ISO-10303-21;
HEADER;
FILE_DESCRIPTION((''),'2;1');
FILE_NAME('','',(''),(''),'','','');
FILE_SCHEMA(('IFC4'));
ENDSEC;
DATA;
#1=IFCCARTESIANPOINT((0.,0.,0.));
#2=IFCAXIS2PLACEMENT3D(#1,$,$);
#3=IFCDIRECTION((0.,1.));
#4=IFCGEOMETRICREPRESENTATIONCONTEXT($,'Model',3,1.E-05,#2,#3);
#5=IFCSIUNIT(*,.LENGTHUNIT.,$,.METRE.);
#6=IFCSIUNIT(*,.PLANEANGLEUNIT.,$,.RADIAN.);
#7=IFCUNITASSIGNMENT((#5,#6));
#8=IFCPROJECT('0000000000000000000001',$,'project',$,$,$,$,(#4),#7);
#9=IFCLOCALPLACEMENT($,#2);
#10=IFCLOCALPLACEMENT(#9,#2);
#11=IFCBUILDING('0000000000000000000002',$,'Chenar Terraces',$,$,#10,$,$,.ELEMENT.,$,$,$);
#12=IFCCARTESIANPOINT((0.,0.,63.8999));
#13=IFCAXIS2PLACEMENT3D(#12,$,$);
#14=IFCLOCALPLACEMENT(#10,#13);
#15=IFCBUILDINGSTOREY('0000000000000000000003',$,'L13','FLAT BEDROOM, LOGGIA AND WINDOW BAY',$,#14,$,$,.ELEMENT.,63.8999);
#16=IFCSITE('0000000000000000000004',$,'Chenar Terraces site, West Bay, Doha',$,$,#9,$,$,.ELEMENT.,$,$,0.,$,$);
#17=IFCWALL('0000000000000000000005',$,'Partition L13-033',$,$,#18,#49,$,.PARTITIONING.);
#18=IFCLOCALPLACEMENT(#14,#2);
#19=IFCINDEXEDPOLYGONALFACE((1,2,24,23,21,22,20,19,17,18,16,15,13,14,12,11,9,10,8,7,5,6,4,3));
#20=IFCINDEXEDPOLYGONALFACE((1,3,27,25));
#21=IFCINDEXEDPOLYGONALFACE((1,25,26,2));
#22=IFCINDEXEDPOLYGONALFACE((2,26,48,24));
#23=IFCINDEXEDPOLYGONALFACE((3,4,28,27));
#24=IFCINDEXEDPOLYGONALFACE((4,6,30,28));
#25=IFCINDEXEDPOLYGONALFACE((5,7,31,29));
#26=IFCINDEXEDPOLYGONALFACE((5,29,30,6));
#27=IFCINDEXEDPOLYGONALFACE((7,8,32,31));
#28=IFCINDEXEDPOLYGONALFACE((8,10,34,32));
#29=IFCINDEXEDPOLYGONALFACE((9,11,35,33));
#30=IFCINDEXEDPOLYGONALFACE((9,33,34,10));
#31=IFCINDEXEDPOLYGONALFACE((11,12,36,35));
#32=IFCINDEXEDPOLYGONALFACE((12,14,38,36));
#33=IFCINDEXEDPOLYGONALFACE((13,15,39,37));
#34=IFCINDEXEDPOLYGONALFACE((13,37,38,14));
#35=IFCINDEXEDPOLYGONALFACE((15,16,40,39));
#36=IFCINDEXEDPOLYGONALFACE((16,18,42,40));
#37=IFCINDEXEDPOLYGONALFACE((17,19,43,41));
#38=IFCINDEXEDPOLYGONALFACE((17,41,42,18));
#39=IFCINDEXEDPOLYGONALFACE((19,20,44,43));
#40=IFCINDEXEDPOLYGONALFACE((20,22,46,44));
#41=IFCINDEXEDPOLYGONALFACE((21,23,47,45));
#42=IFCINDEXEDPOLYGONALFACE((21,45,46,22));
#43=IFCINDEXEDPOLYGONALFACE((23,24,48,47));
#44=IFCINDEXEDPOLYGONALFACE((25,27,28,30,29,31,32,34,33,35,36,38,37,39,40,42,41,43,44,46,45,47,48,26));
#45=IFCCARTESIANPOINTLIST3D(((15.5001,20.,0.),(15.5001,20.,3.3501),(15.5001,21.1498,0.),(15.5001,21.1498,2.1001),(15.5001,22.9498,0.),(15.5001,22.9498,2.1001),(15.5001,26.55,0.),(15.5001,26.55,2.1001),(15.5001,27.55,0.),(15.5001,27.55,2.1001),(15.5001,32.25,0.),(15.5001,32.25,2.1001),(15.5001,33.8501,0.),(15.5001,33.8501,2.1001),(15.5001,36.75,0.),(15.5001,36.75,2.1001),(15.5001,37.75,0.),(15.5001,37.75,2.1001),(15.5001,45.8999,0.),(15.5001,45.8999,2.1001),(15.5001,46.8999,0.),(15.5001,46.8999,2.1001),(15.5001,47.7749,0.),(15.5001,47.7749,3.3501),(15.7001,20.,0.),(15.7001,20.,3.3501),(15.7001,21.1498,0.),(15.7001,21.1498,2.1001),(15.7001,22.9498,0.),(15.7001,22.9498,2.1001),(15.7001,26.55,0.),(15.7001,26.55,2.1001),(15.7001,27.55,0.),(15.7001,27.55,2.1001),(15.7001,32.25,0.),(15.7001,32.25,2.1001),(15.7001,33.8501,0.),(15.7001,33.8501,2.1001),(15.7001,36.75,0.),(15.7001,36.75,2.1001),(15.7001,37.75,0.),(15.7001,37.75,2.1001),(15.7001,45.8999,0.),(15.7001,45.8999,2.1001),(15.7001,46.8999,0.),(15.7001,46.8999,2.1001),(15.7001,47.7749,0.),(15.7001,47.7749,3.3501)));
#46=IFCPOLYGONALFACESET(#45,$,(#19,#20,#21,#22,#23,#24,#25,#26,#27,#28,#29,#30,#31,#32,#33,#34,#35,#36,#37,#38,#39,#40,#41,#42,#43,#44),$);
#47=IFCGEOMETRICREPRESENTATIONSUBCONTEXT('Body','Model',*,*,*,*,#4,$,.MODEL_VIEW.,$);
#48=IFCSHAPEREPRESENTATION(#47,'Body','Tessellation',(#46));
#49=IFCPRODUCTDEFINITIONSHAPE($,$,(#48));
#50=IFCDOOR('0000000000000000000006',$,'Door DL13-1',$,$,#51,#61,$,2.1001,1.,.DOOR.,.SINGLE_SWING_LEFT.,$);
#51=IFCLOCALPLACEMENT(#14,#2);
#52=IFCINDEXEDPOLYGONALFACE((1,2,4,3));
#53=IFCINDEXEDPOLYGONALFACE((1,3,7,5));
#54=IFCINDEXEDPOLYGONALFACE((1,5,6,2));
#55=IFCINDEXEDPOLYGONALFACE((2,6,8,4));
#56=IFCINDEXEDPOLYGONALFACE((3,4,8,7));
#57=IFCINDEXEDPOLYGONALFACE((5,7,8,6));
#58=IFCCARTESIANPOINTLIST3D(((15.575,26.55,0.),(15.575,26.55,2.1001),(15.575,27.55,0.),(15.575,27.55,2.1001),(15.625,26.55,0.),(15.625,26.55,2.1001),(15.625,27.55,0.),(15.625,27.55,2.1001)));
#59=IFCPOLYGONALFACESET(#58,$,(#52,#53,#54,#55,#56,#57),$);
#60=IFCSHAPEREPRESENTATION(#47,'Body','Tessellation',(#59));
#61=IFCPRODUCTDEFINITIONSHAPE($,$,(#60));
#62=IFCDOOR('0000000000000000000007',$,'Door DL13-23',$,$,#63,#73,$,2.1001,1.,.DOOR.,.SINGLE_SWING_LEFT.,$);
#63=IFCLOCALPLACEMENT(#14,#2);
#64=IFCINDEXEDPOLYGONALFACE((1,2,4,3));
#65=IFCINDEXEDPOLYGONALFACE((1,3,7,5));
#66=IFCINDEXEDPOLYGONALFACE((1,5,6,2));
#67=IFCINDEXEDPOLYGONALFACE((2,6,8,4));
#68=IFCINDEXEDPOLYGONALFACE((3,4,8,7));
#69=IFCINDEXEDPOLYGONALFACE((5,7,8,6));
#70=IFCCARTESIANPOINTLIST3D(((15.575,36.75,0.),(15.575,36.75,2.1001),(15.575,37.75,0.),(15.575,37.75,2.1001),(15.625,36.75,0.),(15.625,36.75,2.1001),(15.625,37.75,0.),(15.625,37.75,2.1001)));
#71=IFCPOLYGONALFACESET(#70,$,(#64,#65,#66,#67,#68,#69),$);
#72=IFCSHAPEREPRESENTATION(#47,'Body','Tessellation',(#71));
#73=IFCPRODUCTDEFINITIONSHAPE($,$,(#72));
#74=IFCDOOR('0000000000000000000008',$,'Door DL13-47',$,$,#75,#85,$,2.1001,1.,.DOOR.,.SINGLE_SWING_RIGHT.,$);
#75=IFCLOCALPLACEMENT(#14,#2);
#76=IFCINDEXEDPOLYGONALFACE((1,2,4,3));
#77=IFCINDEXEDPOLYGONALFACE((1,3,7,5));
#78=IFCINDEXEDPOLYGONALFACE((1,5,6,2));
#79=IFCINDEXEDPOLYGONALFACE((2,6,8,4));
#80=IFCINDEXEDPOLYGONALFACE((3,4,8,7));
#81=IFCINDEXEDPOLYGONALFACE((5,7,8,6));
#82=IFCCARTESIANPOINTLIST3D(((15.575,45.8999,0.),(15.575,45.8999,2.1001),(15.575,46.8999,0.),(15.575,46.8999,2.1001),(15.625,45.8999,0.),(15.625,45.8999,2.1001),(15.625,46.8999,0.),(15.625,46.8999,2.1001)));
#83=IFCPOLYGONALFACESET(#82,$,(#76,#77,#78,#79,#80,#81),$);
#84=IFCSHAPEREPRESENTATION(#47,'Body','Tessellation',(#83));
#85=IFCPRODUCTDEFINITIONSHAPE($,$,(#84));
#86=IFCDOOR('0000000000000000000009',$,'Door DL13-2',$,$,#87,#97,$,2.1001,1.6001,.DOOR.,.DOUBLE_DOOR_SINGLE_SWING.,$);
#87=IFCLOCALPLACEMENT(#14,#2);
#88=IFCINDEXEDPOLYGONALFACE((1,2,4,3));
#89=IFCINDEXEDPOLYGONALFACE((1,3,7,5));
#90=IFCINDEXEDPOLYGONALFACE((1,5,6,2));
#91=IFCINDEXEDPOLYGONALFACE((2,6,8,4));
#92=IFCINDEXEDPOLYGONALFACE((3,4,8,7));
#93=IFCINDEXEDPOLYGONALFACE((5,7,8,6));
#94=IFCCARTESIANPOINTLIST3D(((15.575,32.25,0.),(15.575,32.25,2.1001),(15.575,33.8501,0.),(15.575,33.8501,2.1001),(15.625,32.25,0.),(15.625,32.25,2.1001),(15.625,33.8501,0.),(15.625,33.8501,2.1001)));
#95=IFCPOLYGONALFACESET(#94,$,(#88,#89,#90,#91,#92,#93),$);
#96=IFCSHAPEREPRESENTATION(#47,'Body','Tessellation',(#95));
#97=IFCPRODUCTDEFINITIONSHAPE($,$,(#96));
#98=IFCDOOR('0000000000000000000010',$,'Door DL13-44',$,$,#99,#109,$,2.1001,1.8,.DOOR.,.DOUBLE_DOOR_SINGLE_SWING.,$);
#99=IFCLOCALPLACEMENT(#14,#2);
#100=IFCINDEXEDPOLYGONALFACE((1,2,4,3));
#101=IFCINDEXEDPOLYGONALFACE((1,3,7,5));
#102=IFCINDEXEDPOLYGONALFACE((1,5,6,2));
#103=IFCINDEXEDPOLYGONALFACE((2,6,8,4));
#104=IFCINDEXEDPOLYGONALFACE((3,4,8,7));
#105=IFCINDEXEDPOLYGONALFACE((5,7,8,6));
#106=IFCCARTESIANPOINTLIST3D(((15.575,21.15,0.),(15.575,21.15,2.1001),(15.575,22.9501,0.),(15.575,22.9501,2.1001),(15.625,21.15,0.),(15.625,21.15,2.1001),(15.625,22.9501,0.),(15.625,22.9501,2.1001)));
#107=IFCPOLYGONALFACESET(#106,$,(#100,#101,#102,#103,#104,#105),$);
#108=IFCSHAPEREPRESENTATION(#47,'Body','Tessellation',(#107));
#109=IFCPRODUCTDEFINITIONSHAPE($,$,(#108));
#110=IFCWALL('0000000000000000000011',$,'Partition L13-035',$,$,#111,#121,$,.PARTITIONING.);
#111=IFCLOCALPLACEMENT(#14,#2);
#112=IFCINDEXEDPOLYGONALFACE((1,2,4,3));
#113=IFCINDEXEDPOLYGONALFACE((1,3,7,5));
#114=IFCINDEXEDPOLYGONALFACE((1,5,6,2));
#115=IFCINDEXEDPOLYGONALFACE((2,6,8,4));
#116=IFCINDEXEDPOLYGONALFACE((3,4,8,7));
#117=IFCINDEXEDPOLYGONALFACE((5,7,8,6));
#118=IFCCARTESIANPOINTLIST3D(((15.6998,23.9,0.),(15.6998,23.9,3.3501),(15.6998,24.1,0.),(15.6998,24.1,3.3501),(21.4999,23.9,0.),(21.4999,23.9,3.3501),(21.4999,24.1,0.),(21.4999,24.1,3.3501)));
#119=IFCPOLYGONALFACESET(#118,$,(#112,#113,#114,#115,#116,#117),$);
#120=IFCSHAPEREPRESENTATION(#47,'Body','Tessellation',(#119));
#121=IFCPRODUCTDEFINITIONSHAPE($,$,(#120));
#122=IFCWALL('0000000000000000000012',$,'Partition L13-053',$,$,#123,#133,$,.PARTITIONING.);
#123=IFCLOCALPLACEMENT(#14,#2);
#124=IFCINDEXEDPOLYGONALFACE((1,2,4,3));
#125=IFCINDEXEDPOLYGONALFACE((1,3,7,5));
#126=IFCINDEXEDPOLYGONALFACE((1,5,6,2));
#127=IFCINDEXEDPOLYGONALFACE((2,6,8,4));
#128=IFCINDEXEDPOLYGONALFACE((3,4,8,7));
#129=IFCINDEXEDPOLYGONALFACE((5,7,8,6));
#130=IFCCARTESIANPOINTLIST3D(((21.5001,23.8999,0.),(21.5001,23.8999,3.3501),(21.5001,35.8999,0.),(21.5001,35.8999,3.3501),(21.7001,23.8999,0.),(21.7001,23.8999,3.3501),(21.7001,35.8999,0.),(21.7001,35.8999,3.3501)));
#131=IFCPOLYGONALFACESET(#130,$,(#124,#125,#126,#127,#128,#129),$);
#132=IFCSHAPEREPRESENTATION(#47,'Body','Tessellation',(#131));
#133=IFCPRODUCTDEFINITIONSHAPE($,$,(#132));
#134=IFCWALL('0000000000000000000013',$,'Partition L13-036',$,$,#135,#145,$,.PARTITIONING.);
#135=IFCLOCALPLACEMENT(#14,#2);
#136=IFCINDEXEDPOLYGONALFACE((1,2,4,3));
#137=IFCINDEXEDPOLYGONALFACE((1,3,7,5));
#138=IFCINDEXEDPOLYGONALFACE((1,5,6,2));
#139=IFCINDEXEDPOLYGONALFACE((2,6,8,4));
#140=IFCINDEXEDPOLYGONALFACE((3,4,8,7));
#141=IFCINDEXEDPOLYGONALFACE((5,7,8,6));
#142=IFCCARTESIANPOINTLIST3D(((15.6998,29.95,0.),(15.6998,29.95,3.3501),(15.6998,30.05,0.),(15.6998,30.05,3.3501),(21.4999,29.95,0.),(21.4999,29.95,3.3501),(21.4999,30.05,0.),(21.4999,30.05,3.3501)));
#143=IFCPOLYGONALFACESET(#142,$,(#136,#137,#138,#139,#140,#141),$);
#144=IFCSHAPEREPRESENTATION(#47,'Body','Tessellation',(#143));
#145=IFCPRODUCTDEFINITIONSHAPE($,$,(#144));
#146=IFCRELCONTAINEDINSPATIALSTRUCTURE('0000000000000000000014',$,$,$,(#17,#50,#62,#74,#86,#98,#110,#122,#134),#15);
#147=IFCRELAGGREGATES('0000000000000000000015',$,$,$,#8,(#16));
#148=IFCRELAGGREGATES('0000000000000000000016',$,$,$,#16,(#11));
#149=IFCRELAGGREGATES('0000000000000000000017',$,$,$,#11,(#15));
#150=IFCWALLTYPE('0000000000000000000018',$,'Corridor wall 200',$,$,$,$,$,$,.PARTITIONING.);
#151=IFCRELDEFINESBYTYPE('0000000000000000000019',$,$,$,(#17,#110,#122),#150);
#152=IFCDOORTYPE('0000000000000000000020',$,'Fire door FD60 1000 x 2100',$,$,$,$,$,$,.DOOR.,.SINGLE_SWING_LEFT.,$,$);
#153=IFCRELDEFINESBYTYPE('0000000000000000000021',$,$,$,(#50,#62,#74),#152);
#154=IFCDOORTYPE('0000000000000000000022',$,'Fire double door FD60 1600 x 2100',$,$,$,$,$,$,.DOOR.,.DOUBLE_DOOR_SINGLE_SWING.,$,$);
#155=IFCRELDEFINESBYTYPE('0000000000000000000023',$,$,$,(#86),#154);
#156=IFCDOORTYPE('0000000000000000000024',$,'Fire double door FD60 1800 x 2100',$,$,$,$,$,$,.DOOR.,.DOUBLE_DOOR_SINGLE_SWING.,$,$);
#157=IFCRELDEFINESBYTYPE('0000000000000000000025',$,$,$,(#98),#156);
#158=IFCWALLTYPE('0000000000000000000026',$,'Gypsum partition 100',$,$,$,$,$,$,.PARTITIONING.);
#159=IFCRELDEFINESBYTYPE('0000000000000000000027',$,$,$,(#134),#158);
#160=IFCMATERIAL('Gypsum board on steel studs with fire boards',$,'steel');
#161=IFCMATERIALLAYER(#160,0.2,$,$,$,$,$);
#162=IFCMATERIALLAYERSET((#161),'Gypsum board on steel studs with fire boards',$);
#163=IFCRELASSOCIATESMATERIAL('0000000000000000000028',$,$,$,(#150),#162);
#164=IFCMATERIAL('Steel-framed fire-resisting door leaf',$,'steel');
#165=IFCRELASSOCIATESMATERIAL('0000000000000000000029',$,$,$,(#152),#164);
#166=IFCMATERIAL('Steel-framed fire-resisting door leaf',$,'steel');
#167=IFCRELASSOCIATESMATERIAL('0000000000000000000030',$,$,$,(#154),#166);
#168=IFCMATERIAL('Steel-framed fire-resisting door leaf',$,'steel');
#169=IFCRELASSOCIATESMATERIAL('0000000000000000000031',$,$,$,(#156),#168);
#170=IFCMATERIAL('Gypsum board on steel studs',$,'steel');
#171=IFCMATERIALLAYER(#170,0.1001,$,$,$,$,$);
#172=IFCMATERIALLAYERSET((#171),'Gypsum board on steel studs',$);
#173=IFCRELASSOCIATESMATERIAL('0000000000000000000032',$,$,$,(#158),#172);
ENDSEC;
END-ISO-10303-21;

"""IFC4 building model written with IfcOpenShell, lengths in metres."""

from ifc_helpers import new_model, si_unit, direction, frame, frame_2d, origin, place, context, subcontext, project, spatial, rectangle, extrude, material, layer, layer_set, type_object, element, fill, save


model = new_model("IFC4")

# Units and contexts
model_context = context("Model", 3, precision=1e-05, world=origin(), true_north=direction((0.0, 1.0)))
body_context = subcontext(model_context, "Body", "Model", "MODEL_VIEW")
ifc_project = project(units=[si_unit("LENGTHUNIT", "METRE"), si_unit("PLANEANGLEUNIT", "RADIAN")], contexts=[model_context])

# Site, building, storey
site_placement = place(None, origin())
site = spatial("IfcSite", under=ifc_project, at=site_placement, Name="Chenar Terraces site, West Bay, Doha", CompositionType="ELEMENT", RefElevation=0.0)
building_placement = place(site_placement, origin())
building = spatial("IfcBuilding", under=site, at=building_placement, Name="Chenar Terraces", CompositionType="ELEMENT")
storey_placement = place(building_placement, frame((0.0, 0.0, 63.8999)))
storey = spatial("IfcBuildingStorey", under=building, at=storey_placement, Name="L13", Description="FLAT BEDROOM, LOGGIA AND WINDOW BAY", CompositionType="ELEMENT", Elevation=63.8999)

# Wall, openings, doors
ifc_material_1 = material(Name="Gypsum board on steel studs with fire boards", Category="steel")
ifc_layer_1 = layer(ifc_material_1, 0.2)
ifc_layer_set_1 = layer_set([ifc_layer_1], Name="Gypsum board on steel studs with fire boards")
wall_type_1 = type_object("IfcWallType", Name="Corridor wall 200", PredefinedType="PARTITIONING", material=ifc_layer_set_1)
wall_1_placement = place(storey_placement, frame((15.6001, 20.0, 0.0), z_axis=(0.0, 0.0, 1.0), x_axis=(0.0, 1.0, 0.0)))
wall_1 = element("IfcWall", 1, at=wall_1_placement, inside=storey, type_object=wall_type_1, Name="Partition L13-033", PredefinedType="PARTITIONING", context=body_context, shape_type="SweptSolid", body=[
    extrude(rectangle(XDim=27.7749, YDim=0.2, at=frame_2d((13.8875, 0.0))), origin(), (0.0, 0.0, 1.0), 3.3501),
])
opening_1_placement = place(wall_1_placement, frame((6.55, 0.0, 0.0)))
opening_1 = element("IfcOpeningElement", 2, at=opening_1_placement, cuts=wall_1, PredefinedType="OPENING", context=body_context, shape_type="SweptSolid", body=[
    extrude(rectangle(XDim=1.0, YDim=2.1001, at=frame_2d((0.5, 1.05))), frame((0.0, 0.1099, 0.0), z_axis=(0.0, -1.0, 0.0), x_axis=(1.0, 0.0, 0.0)), (0.0, 0.0, 1.0), 0.22),
])
opening_2_placement = place(wall_1_placement, frame((12.25, 0.0, 0.0)))
opening_2 = element("IfcOpeningElement", 3, at=opening_2_placement, cuts=wall_1, PredefinedType="OPENING", context=body_context, shape_type="SweptSolid", body=[
    extrude(rectangle(XDim=1.6001, YDim=2.1001, at=frame_2d((0.8, 1.05))), frame((0.0, 0.1099, 0.0), z_axis=(0.0, -1.0, 0.0), x_axis=(1.0, 0.0, 0.0)), (0.0, 0.0, 1.0), 0.22),
])
opening_3_placement = place(wall_1_placement, frame((16.75, 0.0, 0.0)))
opening_3 = element("IfcOpeningElement", 4, at=opening_3_placement, cuts=wall_1, PredefinedType="OPENING", context=body_context, shape_type="SweptSolid", body=[
    extrude(rectangle(XDim=1.0, YDim=2.1001, at=frame_2d((0.5, 1.05))), frame((0.0, 0.1099, 0.0), z_axis=(0.0, -1.0, 0.0), x_axis=(1.0, 0.0, 0.0)), (0.0, 0.0, 1.0), 0.22),
])
opening_4_placement = place(wall_1_placement, frame((1.1499, 0.0, 0.0)))
opening_4 = element("IfcOpeningElement", 5, at=opening_4_placement, cuts=wall_1, PredefinedType="OPENING", context=body_context, shape_type="SweptSolid", body=[
    extrude(rectangle(XDim=1.8, YDim=2.1001, at=frame_2d((0.8999, 1.05))), frame((0.0, 0.1099, 0.0), z_axis=(0.0, -1.0, 0.0), x_axis=(1.0, 0.0, 0.0)), (0.0, 0.0, 1.0), 0.22),
])
opening_5_placement = place(wall_1_placement, frame((25.8999, 0.0, 0.0)))
opening_5 = element("IfcOpeningElement", 6, at=opening_5_placement, cuts=wall_1, PredefinedType="OPENING", context=body_context, shape_type="SweptSolid", body=[
    extrude(rectangle(XDim=1.0, YDim=2.1001, at=frame_2d((0.5, 1.05))), frame((0.0, 0.1099, 0.0), z_axis=(0.0, -1.0, 0.0), x_axis=(1.0, 0.0, 0.0)), (0.0, 0.0, 1.0), 0.22),
])
ifc_material_2 = material(Name="Steel-framed fire-resisting door leaf", Category="steel")
door_type_1 = type_object("IfcDoorType", Name="Fire door FD60 1000 x 2100", OperationType="SINGLE_SWING_LEFT", PredefinedType="DOOR", material=ifc_material_2)
door_1_placement = place(opening_1_placement, frame((1.0, 0.0, 0.0), z_axis=(0.0, 0.0, 1.0), x_axis=(-1.0, 0.0, 0.0)))
door_1 = element("IfcDoor", 7, at=door_1_placement, inside=storey, type_object=door_type_1, Name="Door DL13-1", OperationType="SINGLE_SWING_LEFT", OverallHeight=2.1001, OverallWidth=1.0, PredefinedType="DOOR", context=body_context, shape_type="SweptSolid", body=[
    extrude(rectangle(XDim=1.0, YDim=2.1001, at=frame_2d((0.5, 1.05))), frame((0.0, 0.0249, 0.0), z_axis=(0.0, -1.0, 0.0), x_axis=(1.0, 0.0, 0.0)), (0.0, 0.0, 1.0), 0.05),
])
fill(opening_1, door_1)
door_2_placement = place(opening_3_placement, frame((1.0, 0.0, 0.0), z_axis=(0.0, 0.0, 1.0), x_axis=(-1.0, 0.0, 0.0)))
door_2 = element("IfcDoor", 8, at=door_2_placement, inside=storey, type_object=door_type_1, Name="Door DL13-23", OperationType="SINGLE_SWING_LEFT", OverallHeight=2.1001, OverallWidth=1.0, PredefinedType="DOOR", context=body_context, shape_type="SweptSolid", body=[
    extrude(rectangle(XDim=1.0, YDim=2.1001, at=frame_2d((0.5, 1.05))), frame((0.0, 0.0249, 0.0), z_axis=(0.0, -1.0, 0.0), x_axis=(1.0, 0.0, 0.0)), (0.0, 0.0, 1.0), 0.05),
])
fill(opening_3, door_2)
door_3_placement = place(opening_5_placement, frame((1.0, 0.0, 0.0), z_axis=(0.0, 0.0, 1.0), x_axis=(-1.0, 0.0, 0.0)))
door_3 = element("IfcDoor", 9, at=door_3_placement, inside=storey, type_object=door_type_1, Name="Door DL13-47", OperationType="SINGLE_SWING_RIGHT", OverallHeight=2.1001, OverallWidth=1.0, PredefinedType="DOOR", context=body_context, shape_type="SweptSolid", body=[
    extrude(rectangle(XDim=1.0, YDim=2.1001, at=frame_2d((0.5, 1.05))), frame((0.0, 0.0249, 0.0), z_axis=(0.0, -1.0, 0.0), x_axis=(1.0, 0.0, 0.0)), (0.0, 0.0, 1.0), 0.05),
])
fill(opening_5, door_3)
ifc_material_3 = material(Name="Steel-framed fire-resisting door leaf", Category="steel")
door_type_2 = type_object("IfcDoorType", Name="Fire double door FD60 1600 x 2100", OperationType="DOUBLE_DOOR_SINGLE_SWING", PredefinedType="DOOR", material=ifc_material_3)
door_4_placement = place(opening_2_placement, frame((1.6001, 0.0, 0.0), z_axis=(0.0, 0.0, 1.0), x_axis=(-1.0, 0.0, 0.0)))
door_4 = element("IfcDoor", 10, at=door_4_placement, inside=storey, type_object=door_type_2, Name="Door DL13-2", OperationType="DOUBLE_DOOR_SINGLE_SWING", OverallHeight=2.1001, OverallWidth=1.6001, PredefinedType="DOOR", context=body_context, shape_type="SweptSolid", body=[
    extrude(rectangle(XDim=1.6001, YDim=2.1001, at=frame_2d((0.8, 1.05))), frame((0.0, 0.0249, 0.0), z_axis=(0.0, -1.0, 0.0), x_axis=(1.0, 0.0, 0.0)), (0.0, 0.0, 1.0), 0.05),
])
fill(opening_2, door_4)
ifc_material_4 = material(Name="Steel-framed fire-resisting door leaf", Category="steel")
door_type_3 = type_object("IfcDoorType", Name="Fire double door FD60 1800 x 2100", OperationType="DOUBLE_DOOR_SINGLE_SWING", PredefinedType="DOOR", material=ifc_material_4)
door_5_placement = place(opening_4_placement, frame((1.8, 0.0, 0.0), z_axis=(0.0, 0.0, 1.0), x_axis=(-1.0, 0.0, 0.0)))
door_5 = element("IfcDoor", 11, at=door_5_placement, inside=storey, type_object=door_type_3, Name="Door DL13-44", OperationType="DOUBLE_DOOR_SINGLE_SWING", OverallHeight=2.1001, OverallWidth=1.8, PredefinedType="DOOR", context=body_context, shape_type="SweptSolid", body=[
    extrude(rectangle(XDim=1.8, YDim=2.1001, at=frame_2d((0.8999, 1.05))), frame((0.0, 0.0249, 0.0), z_axis=(0.0, -1.0, 0.0), x_axis=(1.0, 0.0, 0.0)), (0.0, 0.0, 1.0), 0.05),
])
fill(opening_4, door_5)

# Walls
wall_2_placement = place(storey_placement, frame((15.7, 24.0, 0.0), z_axis=(0.0, 0.0, 1.0), x_axis=(1.0, 0.0, 0.0)))
element("IfcWall", 12, at=wall_2_placement, inside=storey, type_object=wall_type_1, Name="Partition L13-035", PredefinedType="PARTITIONING", context=body_context, shape_type="SweptSolid", body=[
    extrude(rectangle(XDim=5.8, YDim=0.2, at=frame_2d((2.8999, 0.0))), origin(), (0.0, 0.0, 1.0), 3.3501),
])
wall_3_placement = place(storey_placement, frame((21.6001, 23.8999, 0.0), z_axis=(0.0, 0.0, 1.0), x_axis=(0.0, 1.0, 0.0)))
element("IfcWall", 13, at=wall_3_placement, inside=storey, type_object=wall_type_1, Name="Partition L13-053", PredefinedType="PARTITIONING", context=body_context, shape_type="SweptSolid", body=[
    extrude(rectangle(XDim=12.0, YDim=0.2, at=frame_2d((6.0, 0.0))), origin(), (0.0, 0.0, 1.0), 3.3501),
])
ifc_material_5 = material(Name="Gypsum board on steel studs", Category="steel")
ifc_layer_2 = layer(ifc_material_5, 0.1001)
ifc_layer_set_2 = layer_set([ifc_layer_2], Name="Gypsum board on steel studs")
wall_type_2 = type_object("IfcWallType", Name="Gypsum partition 100", PredefinedType="PARTITIONING", material=ifc_layer_set_2)
wall_4_placement = place(storey_placement, frame((15.7, 30.0, 0.0), z_axis=(0.0, 0.0, 1.0), x_axis=(1.0, 0.0, 0.0)))
element("IfcWall", 14, at=wall_4_placement, inside=storey, type_object=wall_type_2, Name="Partition L13-036", PredefinedType="PARTITIONING", context=body_context, shape_type="SweptSolid", body=[
    extrude(rectangle(XDim=5.8, YDim=0.1001, at=frame_2d((2.8999, 0.0))), origin(), (0.0, 0.0, 1.0), 3.3501),
])

save(model, "model.ifc")
